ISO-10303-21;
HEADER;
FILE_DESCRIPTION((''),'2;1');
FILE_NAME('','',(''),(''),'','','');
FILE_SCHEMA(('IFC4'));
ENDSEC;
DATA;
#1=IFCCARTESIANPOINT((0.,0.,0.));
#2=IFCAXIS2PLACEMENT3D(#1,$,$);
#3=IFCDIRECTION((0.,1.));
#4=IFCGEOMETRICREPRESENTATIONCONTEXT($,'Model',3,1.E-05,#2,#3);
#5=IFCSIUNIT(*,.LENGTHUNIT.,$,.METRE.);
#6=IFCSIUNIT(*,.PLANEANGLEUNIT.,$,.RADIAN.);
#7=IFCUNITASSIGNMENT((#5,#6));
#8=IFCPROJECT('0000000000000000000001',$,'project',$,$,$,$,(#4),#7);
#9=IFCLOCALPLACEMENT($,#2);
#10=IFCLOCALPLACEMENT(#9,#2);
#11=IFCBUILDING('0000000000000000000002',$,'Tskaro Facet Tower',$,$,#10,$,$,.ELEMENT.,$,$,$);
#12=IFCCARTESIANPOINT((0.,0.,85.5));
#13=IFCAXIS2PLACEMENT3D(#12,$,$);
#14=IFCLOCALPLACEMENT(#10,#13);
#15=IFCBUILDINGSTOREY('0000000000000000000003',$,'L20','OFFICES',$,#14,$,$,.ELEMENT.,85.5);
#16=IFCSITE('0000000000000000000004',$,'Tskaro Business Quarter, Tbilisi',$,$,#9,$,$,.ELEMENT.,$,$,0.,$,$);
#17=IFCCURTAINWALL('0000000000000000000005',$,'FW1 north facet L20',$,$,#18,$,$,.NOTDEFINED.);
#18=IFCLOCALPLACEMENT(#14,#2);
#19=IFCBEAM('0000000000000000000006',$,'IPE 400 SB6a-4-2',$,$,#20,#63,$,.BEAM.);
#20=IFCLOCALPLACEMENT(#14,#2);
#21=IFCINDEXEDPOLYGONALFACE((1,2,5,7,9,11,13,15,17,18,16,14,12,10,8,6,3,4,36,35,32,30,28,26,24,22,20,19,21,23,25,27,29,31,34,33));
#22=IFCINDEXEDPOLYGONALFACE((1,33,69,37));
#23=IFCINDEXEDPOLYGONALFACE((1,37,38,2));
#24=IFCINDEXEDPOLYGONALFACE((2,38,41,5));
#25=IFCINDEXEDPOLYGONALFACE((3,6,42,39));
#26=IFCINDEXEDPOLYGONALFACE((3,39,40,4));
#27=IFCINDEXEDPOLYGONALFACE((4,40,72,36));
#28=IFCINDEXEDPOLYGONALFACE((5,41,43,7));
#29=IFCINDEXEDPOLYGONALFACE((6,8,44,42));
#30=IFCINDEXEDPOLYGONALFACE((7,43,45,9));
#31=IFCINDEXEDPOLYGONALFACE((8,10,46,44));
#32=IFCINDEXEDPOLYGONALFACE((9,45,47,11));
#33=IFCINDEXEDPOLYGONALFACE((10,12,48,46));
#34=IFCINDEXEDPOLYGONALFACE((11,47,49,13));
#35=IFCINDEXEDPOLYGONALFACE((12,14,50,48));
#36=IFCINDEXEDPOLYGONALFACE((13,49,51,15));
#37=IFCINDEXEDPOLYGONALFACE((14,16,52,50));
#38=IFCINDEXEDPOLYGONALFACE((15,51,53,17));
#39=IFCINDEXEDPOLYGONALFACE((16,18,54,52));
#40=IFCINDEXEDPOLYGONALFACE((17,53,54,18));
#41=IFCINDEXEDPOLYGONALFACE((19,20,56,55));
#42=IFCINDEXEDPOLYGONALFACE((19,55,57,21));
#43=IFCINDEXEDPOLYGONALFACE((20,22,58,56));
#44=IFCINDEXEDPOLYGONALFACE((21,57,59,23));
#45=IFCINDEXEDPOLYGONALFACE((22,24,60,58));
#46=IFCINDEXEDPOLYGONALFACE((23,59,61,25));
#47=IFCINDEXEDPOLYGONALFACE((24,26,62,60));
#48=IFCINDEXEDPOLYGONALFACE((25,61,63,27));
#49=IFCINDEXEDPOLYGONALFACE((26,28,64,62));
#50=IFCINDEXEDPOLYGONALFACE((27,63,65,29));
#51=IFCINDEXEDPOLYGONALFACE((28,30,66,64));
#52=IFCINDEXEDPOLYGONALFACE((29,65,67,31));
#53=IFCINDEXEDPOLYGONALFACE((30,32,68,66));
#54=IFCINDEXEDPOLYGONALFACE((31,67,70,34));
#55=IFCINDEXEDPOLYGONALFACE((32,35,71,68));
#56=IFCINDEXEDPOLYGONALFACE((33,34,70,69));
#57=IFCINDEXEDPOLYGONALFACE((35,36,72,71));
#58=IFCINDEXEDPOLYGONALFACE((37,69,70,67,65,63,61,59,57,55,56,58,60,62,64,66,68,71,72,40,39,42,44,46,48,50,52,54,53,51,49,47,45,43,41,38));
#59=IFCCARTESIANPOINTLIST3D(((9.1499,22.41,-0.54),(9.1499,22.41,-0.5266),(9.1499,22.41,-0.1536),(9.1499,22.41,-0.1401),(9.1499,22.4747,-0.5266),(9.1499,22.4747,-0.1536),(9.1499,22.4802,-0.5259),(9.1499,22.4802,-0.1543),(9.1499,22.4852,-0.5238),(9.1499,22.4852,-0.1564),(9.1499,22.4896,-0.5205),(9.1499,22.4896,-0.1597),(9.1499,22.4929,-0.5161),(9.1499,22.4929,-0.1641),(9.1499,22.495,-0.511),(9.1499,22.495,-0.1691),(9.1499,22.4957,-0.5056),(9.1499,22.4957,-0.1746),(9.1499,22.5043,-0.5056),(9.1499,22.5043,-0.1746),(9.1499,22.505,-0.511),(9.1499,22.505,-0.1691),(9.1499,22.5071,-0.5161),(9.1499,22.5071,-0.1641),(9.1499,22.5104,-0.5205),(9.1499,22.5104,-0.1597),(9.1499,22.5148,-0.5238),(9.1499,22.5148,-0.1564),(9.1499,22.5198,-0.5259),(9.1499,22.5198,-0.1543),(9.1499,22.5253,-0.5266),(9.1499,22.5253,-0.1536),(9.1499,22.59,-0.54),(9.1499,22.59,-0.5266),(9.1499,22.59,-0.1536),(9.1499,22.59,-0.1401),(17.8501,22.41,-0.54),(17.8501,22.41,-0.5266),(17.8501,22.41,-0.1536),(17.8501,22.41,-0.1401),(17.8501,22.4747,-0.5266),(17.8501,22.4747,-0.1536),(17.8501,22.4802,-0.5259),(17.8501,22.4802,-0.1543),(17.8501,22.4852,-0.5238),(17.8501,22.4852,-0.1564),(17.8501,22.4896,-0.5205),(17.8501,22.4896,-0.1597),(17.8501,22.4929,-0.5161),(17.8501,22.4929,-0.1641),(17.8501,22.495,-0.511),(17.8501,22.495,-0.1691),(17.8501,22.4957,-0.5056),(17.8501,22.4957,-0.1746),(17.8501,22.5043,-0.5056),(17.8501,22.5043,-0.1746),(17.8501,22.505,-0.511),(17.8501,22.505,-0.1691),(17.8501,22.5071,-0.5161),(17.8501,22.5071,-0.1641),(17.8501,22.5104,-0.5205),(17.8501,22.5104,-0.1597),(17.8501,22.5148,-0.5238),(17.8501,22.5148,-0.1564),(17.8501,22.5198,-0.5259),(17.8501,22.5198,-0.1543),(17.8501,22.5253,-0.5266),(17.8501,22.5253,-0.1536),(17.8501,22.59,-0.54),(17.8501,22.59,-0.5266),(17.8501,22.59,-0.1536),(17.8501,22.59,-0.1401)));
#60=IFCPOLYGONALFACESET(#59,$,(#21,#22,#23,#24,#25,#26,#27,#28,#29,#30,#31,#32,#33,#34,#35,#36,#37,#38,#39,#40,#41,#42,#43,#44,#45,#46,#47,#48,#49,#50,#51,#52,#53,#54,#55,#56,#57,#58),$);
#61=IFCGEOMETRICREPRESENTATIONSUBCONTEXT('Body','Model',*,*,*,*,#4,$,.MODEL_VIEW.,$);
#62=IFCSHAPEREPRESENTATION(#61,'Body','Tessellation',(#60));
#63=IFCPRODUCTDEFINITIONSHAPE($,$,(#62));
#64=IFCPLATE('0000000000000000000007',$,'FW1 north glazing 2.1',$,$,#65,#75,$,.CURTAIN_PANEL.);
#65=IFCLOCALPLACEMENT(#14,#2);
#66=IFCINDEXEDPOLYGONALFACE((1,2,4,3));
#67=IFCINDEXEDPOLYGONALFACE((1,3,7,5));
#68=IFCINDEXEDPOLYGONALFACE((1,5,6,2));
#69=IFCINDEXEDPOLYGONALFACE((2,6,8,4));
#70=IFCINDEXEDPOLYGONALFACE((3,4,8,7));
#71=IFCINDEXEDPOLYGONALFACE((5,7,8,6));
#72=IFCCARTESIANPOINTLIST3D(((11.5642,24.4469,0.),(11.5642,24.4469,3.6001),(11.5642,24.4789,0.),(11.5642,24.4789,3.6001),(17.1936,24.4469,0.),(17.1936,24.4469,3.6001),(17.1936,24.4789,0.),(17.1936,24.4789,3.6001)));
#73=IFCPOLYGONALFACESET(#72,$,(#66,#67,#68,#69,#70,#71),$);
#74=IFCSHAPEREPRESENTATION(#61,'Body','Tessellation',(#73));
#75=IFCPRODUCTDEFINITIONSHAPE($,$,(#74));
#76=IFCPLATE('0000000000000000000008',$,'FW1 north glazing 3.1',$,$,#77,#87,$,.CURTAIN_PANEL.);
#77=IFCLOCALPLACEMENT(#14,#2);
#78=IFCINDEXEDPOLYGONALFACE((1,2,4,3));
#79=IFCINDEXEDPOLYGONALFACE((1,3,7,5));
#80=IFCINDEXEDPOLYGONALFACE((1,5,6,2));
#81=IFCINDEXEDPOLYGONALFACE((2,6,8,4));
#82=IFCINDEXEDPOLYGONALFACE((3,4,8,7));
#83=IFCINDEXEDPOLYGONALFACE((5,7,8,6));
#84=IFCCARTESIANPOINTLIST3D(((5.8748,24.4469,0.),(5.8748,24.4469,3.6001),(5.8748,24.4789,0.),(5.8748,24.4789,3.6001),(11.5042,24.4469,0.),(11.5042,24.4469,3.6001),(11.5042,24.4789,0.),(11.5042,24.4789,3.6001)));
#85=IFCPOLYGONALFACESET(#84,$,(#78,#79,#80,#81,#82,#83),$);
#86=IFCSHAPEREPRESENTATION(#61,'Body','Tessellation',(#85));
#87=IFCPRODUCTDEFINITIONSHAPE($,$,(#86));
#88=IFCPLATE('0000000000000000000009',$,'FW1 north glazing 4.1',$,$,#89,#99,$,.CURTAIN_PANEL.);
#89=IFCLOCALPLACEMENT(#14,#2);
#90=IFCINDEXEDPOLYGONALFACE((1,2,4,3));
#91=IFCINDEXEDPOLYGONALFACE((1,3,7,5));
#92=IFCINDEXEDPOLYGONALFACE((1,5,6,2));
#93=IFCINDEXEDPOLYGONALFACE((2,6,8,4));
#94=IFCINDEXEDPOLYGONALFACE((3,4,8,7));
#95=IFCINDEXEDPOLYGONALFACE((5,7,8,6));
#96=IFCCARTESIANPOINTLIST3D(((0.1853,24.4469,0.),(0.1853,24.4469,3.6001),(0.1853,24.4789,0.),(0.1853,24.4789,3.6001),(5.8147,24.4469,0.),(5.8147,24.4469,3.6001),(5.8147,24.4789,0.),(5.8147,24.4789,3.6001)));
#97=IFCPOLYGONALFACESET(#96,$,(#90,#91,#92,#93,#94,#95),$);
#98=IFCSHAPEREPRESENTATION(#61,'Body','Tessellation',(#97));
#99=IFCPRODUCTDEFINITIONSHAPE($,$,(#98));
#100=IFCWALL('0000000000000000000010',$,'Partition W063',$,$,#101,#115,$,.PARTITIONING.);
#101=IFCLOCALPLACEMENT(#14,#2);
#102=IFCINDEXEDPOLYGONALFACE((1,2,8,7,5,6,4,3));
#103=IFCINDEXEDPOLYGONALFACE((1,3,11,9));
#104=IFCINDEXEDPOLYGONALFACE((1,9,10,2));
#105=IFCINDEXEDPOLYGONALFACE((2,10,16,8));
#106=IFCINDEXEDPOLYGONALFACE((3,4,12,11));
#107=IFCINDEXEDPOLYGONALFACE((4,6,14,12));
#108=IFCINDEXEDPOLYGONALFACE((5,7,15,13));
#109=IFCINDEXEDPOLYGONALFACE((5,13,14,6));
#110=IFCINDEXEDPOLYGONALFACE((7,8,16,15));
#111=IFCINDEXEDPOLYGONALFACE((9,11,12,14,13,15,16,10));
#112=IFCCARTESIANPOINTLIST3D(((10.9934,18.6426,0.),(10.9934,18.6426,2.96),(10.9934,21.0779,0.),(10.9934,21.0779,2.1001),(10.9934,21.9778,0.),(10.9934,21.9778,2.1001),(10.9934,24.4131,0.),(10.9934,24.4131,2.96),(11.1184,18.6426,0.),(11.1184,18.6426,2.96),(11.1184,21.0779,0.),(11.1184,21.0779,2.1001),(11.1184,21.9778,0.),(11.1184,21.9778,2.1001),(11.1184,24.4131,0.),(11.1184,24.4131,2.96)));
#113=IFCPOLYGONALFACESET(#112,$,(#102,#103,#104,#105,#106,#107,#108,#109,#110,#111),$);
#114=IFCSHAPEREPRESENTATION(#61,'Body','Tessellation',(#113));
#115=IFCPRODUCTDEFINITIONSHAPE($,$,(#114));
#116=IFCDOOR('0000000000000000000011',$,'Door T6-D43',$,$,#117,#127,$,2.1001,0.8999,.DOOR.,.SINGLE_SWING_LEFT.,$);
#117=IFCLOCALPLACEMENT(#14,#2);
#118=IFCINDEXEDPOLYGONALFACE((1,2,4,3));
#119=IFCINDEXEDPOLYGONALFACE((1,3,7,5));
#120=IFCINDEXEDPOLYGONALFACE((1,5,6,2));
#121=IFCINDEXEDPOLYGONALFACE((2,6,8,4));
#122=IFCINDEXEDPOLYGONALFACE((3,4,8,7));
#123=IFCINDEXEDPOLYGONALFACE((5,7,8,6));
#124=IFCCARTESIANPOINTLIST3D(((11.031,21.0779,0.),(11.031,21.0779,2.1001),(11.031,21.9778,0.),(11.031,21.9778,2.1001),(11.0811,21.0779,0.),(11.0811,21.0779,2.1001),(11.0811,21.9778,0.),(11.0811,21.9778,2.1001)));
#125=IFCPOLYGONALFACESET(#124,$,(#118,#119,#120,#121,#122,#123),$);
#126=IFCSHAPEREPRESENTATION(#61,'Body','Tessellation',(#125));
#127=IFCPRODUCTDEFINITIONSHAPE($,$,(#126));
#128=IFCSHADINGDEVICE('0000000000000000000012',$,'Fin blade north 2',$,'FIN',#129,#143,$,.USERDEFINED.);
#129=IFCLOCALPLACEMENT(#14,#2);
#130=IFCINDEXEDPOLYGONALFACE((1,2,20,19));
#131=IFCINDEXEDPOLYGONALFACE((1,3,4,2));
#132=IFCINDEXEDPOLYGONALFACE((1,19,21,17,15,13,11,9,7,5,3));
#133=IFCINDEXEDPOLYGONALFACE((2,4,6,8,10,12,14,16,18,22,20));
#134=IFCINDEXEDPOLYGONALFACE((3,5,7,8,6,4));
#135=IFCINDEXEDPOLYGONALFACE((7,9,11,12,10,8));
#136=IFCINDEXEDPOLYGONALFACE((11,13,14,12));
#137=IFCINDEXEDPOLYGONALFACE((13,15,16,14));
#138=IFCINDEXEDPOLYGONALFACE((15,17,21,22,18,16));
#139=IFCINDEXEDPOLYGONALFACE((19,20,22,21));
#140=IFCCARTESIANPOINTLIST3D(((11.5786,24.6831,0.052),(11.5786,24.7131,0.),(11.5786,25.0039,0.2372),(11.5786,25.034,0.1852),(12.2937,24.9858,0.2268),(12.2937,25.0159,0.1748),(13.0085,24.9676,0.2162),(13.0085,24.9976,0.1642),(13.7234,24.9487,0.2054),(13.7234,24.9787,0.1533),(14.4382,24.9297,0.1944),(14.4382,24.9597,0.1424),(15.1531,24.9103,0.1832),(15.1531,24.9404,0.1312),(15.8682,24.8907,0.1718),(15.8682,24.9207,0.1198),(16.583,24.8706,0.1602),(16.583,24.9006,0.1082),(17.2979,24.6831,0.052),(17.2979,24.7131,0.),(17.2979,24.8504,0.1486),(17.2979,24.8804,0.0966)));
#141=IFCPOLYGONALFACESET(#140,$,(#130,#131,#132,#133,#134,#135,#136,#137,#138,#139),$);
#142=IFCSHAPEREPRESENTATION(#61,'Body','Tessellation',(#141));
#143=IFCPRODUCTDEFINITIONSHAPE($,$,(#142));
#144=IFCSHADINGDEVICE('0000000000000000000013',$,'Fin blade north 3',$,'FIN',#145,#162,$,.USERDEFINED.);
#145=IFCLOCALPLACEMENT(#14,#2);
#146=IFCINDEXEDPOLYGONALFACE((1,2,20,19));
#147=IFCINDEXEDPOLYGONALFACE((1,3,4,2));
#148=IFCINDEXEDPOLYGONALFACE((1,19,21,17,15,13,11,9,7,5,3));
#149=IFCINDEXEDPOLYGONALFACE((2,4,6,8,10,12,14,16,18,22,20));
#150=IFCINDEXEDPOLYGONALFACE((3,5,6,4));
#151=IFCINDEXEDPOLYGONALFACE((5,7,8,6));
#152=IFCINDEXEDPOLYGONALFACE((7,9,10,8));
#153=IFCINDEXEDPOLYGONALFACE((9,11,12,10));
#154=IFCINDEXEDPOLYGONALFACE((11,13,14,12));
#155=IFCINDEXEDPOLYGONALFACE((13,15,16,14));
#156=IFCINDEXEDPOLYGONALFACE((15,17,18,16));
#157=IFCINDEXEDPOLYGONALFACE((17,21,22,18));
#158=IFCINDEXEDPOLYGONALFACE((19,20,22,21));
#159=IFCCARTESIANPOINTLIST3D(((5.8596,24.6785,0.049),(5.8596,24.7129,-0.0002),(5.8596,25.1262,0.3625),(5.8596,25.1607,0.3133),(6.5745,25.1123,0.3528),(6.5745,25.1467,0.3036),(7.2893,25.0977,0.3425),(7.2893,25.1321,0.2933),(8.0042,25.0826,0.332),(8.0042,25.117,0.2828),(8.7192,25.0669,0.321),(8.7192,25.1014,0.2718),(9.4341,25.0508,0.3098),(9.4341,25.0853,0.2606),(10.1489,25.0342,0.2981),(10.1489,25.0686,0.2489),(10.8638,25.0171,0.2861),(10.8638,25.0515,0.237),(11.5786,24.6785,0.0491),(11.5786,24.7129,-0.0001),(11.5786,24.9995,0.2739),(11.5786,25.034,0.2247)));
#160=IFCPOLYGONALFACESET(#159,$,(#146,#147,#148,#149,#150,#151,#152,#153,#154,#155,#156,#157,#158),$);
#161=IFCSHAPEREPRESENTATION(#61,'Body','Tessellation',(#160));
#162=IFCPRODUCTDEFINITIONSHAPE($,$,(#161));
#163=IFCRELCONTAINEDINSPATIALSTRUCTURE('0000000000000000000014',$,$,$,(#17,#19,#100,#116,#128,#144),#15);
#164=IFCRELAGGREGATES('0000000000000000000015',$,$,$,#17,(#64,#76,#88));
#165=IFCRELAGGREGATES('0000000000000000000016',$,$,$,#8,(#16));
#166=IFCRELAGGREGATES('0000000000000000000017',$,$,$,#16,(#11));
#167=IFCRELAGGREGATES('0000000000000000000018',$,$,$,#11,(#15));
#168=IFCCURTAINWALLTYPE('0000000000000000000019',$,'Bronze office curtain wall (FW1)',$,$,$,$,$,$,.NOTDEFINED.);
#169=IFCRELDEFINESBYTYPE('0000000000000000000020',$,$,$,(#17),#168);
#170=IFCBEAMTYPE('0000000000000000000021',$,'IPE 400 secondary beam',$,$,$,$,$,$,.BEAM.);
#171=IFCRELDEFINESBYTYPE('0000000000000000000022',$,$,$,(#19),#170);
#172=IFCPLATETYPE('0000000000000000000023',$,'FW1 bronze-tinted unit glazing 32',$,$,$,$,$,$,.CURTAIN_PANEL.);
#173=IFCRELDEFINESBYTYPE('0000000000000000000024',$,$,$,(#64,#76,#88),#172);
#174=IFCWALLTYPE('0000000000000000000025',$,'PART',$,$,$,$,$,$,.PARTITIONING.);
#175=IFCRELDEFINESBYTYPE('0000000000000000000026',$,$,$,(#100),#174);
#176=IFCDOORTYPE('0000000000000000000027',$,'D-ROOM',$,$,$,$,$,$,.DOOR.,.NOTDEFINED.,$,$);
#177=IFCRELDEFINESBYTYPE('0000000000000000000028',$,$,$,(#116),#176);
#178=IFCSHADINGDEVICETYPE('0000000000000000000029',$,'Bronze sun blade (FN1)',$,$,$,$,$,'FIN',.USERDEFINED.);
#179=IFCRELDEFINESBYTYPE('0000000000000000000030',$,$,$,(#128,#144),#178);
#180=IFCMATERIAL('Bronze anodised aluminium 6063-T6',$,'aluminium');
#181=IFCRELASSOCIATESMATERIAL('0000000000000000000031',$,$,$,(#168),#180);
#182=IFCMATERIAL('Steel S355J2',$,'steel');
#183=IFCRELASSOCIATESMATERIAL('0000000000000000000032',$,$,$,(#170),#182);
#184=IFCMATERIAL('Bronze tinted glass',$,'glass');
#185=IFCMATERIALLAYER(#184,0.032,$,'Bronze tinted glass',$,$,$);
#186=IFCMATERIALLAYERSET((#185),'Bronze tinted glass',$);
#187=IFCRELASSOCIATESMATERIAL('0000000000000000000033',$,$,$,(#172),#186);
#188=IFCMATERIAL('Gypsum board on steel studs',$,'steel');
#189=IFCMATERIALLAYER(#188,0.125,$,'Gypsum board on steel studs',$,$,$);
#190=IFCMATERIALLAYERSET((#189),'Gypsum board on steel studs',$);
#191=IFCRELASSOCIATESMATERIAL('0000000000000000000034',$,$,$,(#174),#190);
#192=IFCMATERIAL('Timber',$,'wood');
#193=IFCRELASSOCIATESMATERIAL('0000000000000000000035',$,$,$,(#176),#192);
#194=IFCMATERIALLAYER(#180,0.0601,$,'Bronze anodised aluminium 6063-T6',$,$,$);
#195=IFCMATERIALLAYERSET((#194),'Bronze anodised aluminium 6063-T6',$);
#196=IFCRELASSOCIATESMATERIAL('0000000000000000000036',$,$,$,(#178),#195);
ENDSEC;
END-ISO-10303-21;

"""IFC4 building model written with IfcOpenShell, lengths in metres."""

from ifc_helpers import new_model, si_unit, direction, frame, frame_2d, origin, origin_2d, place, context, subcontext, project, spatial, polyline, rectangle, i_section, outline, extrude, material, layer, layer_set, material_profile, profile_set, type_object, element, fill, aggregate, save


model = new_model("IFC4")

# Units and contexts
model_context = context("Model", 3, precision=1e-05, world=origin(), true_north=direction((0.0, 1.0)))
body_context = subcontext(model_context, "Body", "Model", "MODEL_VIEW")
ifc_project = project(units=[si_unit("LENGTHUNIT", "METRE"), si_unit("PLANEANGLEUNIT", "RADIAN")], contexts=[model_context])

# Site, building, storey
site_placement = place(None, origin())
site = spatial("IfcSite", under=ifc_project, at=site_placement, Name="Tskaro Business Quarter, Tbilisi", CompositionType="ELEMENT", RefElevation=0.0)
building_placement = place(site_placement, origin())
building = spatial("IfcBuilding", under=site, at=building_placement, Name="Tskaro Facet Tower", CompositionType="ELEMENT")
storey_placement = place(building_placement, frame((0.0, 0.0, 85.5)))
storey = spatial("IfcBuildingStorey", under=building, at=storey_placement, Name="L20", Description="OFFICES", CompositionType="ELEMENT", Elevation=85.5)

# Curtain wall
ifc_material_1 = material(Name="Bronze anodised aluminium 6063-T6", Category="aluminium")
curtain_wall_type = type_object("IfcCurtainWallType", Name="Bronze office curtain wall (FW1)", PredefinedType="NOTDEFINED", material=ifc_material_1)
curtain_wall_placement = place(storey_placement, origin())
curtain_wall = element("IfcCurtainWall", 1, at=curtain_wall_placement, inside=storey, type_object=curtain_wall_type, Name="FW1 north facet L20", PredefinedType="NOTDEFINED")

# Beam
ifc_material_2 = material(Name="Steel S355J2", Category="steel")
ifc_material_profile_1 = material_profile(ifc_material_2, i_section(OverallWidth=0.1799, OverallDepth=0.3999, WebThickness=0.0085, FlangeThickness=0.0134, FilletRadius=0.021, at=origin_2d()), Name="IPE 400")
ifc_profile_set_1 = profile_set([ifc_material_profile_1], Name="Steel S355J2")
beam_type_1 = type_object("IfcBeamType", Name="IPE 400 secondary beam", PredefinedType="BEAM", material=ifc_profile_set_1)
for number, where, z_axis, x_axis, name in (
    (2, (9.1499, 22.5, -0.3401), (1.0, 0.0, 0.0), (0.0, 1.0, 0.0), "IPE 400 SB6a-4-2"),
):
    element("IfcBeam", number, at=place(storey_placement, frame(where, z_axis=z_axis, x_axis=x_axis)), inside=storey, type_object=beam_type_1, Name=name, PredefinedType="BEAM", context=body_context, shape_type="SweptSolid", body=[
        extrude(i_section(OverallWidth=0.1799, OverallDepth=0.3999, WebThickness=0.0085, FlangeThickness=0.0134, FilletRadius=0.021, at=origin_2d()), origin(), (0.0, 0.0, 1.0), 8.7002),
    ])

# Plates
ifc_material_3 = material(Name="Bronze tinted glass", Category="glass")
ifc_layer_1 = layer(ifc_material_3, 0.032, Name="Bronze tinted glass")
ifc_layer_set_1 = layer_set([ifc_layer_1], Name="Bronze tinted glass")
plate_type = type_object("IfcPlateType", Name="FW1 bronze-tinted unit glazing 32", PredefinedType="CURTAIN_PANEL", material=ifc_layer_set_1)
plate_1_placement = place(storey_placement, frame((14.3789, 24.4629, 0.0), z_axis=(0.0, 0.0, 1.0), x_axis=(-1.0, 0.0, 0.0)))
plate_1 = element("IfcPlate", 3, at=plate_1_placement, type_object=plate_type, Name="FW1 north glazing 2.1", PredefinedType="CURTAIN_PANEL", context=body_context, shape_type="SweptSolid", body=[
    extrude(rectangle(XDim=5.6294, YDim=0.032, at=origin_2d()), origin(), (0.0, 0.0, 1.0), 3.6001),
])
plate_2_placement = place(storey_placement, frame((8.6895, 24.4629, 0.0), z_axis=(0.0, 0.0, 1.0), x_axis=(-1.0, 0.0, 0.0)))
plate_2 = element("IfcPlate", 4, at=plate_2_placement, type_object=plate_type, Name="FW1 north glazing 3.1", PredefinedType="CURTAIN_PANEL", context=body_context, shape_type="SweptSolid", body=[
    extrude(rectangle(XDim=5.6294, YDim=0.032, at=origin_2d()), origin(), (0.0, 0.0, 1.0), 3.6001),
])
plate_3_placement = place(storey_placement, frame((3.0, 24.4629, 0.0), z_axis=(0.0, 0.0, 1.0), x_axis=(-1.0, 0.0, 0.0)))
plate_3 = element("IfcPlate", 5, at=plate_3_placement, type_object=plate_type, Name="FW1 north glazing 4.1", PredefinedType="CURTAIN_PANEL", context=body_context, shape_type="SweptSolid", body=[
    extrude(rectangle(XDim=5.6294, YDim=0.032, at=origin_2d()), origin(), (0.0, 0.0, 1.0), 3.6001),
])
aggregate(curtain_wall, [plate_1, plate_2, plate_3])

# Wall, opening, door
ifc_material_4 = material(Name="Gypsum board on steel studs", Category="steel")
ifc_layer_2 = layer(ifc_material_4, 0.125, Name="Gypsum board on steel studs")
ifc_layer_set_2 = layer_set([ifc_layer_2], Name="Gypsum board on steel studs")
wall_type = type_object("IfcWallType", Name="PART", PredefinedType="PARTITIONING", material=ifc_layer_set_2)
wall_placement = place(storey_placement, frame((11.0559, 18.6426, 0.0), z_axis=(0.0, 0.0, 1.0), x_axis=(0.0, 1.0, 0.0)))
wall = element("IfcWall", 6, at=wall_placement, inside=storey, type_object=wall_type, Name="Partition W063", PredefinedType="PARTITIONING", context=body_context, shape_type="SweptSolid", body=[
    extrude(rectangle(XDim=5.7705, YDim=0.125, at=frame_2d((2.8853, 0.0))), origin(), (0.0, 0.0, 1.0), 2.96),
])
opening_placement = place(wall_placement, frame((2.4353, 0.0, 0.0)))
opening = element("IfcOpeningElement", 7, at=opening_placement, cuts=wall, PredefinedType="OPENING", context=body_context, shape_type="SweptSolid", body=[
    extrude(rectangle(XDim=0.8999, YDim=2.1001, at=frame_2d((0.45, 1.05))), frame((0.0, 0.0725, 0.0), z_axis=(0.0, -1.0, 0.0), x_axis=(1.0, 0.0, 0.0)), (0.0, 0.0, 1.0), 0.145),
])
ifc_material_5 = material(Name="Timber", Category="wood")
door_type = type_object("IfcDoorType", Name="D-ROOM", OperationType="NOTDEFINED", PredefinedType="DOOR", material=ifc_material_5)
door_placement = place(opening_placement, origin())
door = element("IfcDoor", 8, at=door_placement, inside=storey, type_object=door_type, Name="Door T6-D43", OperationType="SINGLE_SWING_LEFT", OverallHeight=2.1001, OverallWidth=0.8999, PredefinedType="DOOR", context=body_context, shape_type="SweptSolid", body=[
    extrude(rectangle(XDim=0.8999, YDim=2.1001, at=frame_2d((0.45, 1.05))), frame((0.0, 0.0249, 0.0), z_axis=(0.0, -1.0, 0.0), x_axis=(1.0, 0.0, 0.0)), (0.0, 0.0, 1.0), 0.05),
])
fill(opening, door)

# Shading devices
ifc_layer_3 = layer(ifc_material_1, 0.0601, Name="Bronze anodised aluminium 6063-T6")
ifc_layer_set_3 = layer_set([ifc_layer_3], Name="Bronze anodised aluminium 6063-T6")
shading_device_type = type_object("IfcShadingDeviceType", Name="Bronze sun blade (FN1)", ElementType="FIN", PredefinedType="USERDEFINED", material=ifc_layer_set_3)
shading_device_1_placement = place(storey_placement, frame((17.2979, 24.6831, 0.052), z_axis=(0.000002, -0.499997, 0.866027), x_axis=(-1.0, -0.000001, 0.000002)))
element("IfcShadingDevice", 9, at=shading_device_1_placement, inside=storey, type_object=shading_device_type, Name="Fin blade north 2", ObjectType="FIN", PredefinedType="USERDEFINED", context=body_context, shape_type="SweptSolid", body=[
    extrude(outline(polyline([(0.0, 0.0), (5.7192, 0.0), (5.7192, -0.3705), (5.0042, -0.3496), (4.2893, -0.3285), (3.5745, -0.3067), (2.8596, -0.2847), (2.1448, -0.2624), (1.4297, -0.2397), (0.7148, -0.2165), (0.0, -0.1932), (0.0, 0.0)])), origin(), (0.0, 0.0, -1.0), 0.0601),
])
shading_device_2_placement = place(storey_placement, frame((11.5786, 24.6785, 0.0491), z_axis=(-0.000006, -0.573551, 0.81917), x_axis=(-1.0, 0.000004, -0.000005)))
element("IfcShadingDevice", 10, at=shading_device_2_placement, inside=storey, type_object=shading_device_type, Name="Fin blade north 3", ObjectType="FIN", PredefinedType="USERDEFINED", context=body_context, shape_type="SweptSolid", body=[
    extrude(outline(polyline([(0.0, 0.0), (5.719, 0.0), (5.719, -0.5466), (5.0042, -0.5296), (4.2893, -0.5117), (3.5745, -0.4933), (2.8594, -0.4742), (2.1445, -0.4545), (1.4297, -0.4342), (0.7148, -0.4134), (0.0, -0.392), (0.0, 0.0)])), origin(), (0.0, 0.0, -1.0), 0.0601),
])

save(model, "model.ifc")
